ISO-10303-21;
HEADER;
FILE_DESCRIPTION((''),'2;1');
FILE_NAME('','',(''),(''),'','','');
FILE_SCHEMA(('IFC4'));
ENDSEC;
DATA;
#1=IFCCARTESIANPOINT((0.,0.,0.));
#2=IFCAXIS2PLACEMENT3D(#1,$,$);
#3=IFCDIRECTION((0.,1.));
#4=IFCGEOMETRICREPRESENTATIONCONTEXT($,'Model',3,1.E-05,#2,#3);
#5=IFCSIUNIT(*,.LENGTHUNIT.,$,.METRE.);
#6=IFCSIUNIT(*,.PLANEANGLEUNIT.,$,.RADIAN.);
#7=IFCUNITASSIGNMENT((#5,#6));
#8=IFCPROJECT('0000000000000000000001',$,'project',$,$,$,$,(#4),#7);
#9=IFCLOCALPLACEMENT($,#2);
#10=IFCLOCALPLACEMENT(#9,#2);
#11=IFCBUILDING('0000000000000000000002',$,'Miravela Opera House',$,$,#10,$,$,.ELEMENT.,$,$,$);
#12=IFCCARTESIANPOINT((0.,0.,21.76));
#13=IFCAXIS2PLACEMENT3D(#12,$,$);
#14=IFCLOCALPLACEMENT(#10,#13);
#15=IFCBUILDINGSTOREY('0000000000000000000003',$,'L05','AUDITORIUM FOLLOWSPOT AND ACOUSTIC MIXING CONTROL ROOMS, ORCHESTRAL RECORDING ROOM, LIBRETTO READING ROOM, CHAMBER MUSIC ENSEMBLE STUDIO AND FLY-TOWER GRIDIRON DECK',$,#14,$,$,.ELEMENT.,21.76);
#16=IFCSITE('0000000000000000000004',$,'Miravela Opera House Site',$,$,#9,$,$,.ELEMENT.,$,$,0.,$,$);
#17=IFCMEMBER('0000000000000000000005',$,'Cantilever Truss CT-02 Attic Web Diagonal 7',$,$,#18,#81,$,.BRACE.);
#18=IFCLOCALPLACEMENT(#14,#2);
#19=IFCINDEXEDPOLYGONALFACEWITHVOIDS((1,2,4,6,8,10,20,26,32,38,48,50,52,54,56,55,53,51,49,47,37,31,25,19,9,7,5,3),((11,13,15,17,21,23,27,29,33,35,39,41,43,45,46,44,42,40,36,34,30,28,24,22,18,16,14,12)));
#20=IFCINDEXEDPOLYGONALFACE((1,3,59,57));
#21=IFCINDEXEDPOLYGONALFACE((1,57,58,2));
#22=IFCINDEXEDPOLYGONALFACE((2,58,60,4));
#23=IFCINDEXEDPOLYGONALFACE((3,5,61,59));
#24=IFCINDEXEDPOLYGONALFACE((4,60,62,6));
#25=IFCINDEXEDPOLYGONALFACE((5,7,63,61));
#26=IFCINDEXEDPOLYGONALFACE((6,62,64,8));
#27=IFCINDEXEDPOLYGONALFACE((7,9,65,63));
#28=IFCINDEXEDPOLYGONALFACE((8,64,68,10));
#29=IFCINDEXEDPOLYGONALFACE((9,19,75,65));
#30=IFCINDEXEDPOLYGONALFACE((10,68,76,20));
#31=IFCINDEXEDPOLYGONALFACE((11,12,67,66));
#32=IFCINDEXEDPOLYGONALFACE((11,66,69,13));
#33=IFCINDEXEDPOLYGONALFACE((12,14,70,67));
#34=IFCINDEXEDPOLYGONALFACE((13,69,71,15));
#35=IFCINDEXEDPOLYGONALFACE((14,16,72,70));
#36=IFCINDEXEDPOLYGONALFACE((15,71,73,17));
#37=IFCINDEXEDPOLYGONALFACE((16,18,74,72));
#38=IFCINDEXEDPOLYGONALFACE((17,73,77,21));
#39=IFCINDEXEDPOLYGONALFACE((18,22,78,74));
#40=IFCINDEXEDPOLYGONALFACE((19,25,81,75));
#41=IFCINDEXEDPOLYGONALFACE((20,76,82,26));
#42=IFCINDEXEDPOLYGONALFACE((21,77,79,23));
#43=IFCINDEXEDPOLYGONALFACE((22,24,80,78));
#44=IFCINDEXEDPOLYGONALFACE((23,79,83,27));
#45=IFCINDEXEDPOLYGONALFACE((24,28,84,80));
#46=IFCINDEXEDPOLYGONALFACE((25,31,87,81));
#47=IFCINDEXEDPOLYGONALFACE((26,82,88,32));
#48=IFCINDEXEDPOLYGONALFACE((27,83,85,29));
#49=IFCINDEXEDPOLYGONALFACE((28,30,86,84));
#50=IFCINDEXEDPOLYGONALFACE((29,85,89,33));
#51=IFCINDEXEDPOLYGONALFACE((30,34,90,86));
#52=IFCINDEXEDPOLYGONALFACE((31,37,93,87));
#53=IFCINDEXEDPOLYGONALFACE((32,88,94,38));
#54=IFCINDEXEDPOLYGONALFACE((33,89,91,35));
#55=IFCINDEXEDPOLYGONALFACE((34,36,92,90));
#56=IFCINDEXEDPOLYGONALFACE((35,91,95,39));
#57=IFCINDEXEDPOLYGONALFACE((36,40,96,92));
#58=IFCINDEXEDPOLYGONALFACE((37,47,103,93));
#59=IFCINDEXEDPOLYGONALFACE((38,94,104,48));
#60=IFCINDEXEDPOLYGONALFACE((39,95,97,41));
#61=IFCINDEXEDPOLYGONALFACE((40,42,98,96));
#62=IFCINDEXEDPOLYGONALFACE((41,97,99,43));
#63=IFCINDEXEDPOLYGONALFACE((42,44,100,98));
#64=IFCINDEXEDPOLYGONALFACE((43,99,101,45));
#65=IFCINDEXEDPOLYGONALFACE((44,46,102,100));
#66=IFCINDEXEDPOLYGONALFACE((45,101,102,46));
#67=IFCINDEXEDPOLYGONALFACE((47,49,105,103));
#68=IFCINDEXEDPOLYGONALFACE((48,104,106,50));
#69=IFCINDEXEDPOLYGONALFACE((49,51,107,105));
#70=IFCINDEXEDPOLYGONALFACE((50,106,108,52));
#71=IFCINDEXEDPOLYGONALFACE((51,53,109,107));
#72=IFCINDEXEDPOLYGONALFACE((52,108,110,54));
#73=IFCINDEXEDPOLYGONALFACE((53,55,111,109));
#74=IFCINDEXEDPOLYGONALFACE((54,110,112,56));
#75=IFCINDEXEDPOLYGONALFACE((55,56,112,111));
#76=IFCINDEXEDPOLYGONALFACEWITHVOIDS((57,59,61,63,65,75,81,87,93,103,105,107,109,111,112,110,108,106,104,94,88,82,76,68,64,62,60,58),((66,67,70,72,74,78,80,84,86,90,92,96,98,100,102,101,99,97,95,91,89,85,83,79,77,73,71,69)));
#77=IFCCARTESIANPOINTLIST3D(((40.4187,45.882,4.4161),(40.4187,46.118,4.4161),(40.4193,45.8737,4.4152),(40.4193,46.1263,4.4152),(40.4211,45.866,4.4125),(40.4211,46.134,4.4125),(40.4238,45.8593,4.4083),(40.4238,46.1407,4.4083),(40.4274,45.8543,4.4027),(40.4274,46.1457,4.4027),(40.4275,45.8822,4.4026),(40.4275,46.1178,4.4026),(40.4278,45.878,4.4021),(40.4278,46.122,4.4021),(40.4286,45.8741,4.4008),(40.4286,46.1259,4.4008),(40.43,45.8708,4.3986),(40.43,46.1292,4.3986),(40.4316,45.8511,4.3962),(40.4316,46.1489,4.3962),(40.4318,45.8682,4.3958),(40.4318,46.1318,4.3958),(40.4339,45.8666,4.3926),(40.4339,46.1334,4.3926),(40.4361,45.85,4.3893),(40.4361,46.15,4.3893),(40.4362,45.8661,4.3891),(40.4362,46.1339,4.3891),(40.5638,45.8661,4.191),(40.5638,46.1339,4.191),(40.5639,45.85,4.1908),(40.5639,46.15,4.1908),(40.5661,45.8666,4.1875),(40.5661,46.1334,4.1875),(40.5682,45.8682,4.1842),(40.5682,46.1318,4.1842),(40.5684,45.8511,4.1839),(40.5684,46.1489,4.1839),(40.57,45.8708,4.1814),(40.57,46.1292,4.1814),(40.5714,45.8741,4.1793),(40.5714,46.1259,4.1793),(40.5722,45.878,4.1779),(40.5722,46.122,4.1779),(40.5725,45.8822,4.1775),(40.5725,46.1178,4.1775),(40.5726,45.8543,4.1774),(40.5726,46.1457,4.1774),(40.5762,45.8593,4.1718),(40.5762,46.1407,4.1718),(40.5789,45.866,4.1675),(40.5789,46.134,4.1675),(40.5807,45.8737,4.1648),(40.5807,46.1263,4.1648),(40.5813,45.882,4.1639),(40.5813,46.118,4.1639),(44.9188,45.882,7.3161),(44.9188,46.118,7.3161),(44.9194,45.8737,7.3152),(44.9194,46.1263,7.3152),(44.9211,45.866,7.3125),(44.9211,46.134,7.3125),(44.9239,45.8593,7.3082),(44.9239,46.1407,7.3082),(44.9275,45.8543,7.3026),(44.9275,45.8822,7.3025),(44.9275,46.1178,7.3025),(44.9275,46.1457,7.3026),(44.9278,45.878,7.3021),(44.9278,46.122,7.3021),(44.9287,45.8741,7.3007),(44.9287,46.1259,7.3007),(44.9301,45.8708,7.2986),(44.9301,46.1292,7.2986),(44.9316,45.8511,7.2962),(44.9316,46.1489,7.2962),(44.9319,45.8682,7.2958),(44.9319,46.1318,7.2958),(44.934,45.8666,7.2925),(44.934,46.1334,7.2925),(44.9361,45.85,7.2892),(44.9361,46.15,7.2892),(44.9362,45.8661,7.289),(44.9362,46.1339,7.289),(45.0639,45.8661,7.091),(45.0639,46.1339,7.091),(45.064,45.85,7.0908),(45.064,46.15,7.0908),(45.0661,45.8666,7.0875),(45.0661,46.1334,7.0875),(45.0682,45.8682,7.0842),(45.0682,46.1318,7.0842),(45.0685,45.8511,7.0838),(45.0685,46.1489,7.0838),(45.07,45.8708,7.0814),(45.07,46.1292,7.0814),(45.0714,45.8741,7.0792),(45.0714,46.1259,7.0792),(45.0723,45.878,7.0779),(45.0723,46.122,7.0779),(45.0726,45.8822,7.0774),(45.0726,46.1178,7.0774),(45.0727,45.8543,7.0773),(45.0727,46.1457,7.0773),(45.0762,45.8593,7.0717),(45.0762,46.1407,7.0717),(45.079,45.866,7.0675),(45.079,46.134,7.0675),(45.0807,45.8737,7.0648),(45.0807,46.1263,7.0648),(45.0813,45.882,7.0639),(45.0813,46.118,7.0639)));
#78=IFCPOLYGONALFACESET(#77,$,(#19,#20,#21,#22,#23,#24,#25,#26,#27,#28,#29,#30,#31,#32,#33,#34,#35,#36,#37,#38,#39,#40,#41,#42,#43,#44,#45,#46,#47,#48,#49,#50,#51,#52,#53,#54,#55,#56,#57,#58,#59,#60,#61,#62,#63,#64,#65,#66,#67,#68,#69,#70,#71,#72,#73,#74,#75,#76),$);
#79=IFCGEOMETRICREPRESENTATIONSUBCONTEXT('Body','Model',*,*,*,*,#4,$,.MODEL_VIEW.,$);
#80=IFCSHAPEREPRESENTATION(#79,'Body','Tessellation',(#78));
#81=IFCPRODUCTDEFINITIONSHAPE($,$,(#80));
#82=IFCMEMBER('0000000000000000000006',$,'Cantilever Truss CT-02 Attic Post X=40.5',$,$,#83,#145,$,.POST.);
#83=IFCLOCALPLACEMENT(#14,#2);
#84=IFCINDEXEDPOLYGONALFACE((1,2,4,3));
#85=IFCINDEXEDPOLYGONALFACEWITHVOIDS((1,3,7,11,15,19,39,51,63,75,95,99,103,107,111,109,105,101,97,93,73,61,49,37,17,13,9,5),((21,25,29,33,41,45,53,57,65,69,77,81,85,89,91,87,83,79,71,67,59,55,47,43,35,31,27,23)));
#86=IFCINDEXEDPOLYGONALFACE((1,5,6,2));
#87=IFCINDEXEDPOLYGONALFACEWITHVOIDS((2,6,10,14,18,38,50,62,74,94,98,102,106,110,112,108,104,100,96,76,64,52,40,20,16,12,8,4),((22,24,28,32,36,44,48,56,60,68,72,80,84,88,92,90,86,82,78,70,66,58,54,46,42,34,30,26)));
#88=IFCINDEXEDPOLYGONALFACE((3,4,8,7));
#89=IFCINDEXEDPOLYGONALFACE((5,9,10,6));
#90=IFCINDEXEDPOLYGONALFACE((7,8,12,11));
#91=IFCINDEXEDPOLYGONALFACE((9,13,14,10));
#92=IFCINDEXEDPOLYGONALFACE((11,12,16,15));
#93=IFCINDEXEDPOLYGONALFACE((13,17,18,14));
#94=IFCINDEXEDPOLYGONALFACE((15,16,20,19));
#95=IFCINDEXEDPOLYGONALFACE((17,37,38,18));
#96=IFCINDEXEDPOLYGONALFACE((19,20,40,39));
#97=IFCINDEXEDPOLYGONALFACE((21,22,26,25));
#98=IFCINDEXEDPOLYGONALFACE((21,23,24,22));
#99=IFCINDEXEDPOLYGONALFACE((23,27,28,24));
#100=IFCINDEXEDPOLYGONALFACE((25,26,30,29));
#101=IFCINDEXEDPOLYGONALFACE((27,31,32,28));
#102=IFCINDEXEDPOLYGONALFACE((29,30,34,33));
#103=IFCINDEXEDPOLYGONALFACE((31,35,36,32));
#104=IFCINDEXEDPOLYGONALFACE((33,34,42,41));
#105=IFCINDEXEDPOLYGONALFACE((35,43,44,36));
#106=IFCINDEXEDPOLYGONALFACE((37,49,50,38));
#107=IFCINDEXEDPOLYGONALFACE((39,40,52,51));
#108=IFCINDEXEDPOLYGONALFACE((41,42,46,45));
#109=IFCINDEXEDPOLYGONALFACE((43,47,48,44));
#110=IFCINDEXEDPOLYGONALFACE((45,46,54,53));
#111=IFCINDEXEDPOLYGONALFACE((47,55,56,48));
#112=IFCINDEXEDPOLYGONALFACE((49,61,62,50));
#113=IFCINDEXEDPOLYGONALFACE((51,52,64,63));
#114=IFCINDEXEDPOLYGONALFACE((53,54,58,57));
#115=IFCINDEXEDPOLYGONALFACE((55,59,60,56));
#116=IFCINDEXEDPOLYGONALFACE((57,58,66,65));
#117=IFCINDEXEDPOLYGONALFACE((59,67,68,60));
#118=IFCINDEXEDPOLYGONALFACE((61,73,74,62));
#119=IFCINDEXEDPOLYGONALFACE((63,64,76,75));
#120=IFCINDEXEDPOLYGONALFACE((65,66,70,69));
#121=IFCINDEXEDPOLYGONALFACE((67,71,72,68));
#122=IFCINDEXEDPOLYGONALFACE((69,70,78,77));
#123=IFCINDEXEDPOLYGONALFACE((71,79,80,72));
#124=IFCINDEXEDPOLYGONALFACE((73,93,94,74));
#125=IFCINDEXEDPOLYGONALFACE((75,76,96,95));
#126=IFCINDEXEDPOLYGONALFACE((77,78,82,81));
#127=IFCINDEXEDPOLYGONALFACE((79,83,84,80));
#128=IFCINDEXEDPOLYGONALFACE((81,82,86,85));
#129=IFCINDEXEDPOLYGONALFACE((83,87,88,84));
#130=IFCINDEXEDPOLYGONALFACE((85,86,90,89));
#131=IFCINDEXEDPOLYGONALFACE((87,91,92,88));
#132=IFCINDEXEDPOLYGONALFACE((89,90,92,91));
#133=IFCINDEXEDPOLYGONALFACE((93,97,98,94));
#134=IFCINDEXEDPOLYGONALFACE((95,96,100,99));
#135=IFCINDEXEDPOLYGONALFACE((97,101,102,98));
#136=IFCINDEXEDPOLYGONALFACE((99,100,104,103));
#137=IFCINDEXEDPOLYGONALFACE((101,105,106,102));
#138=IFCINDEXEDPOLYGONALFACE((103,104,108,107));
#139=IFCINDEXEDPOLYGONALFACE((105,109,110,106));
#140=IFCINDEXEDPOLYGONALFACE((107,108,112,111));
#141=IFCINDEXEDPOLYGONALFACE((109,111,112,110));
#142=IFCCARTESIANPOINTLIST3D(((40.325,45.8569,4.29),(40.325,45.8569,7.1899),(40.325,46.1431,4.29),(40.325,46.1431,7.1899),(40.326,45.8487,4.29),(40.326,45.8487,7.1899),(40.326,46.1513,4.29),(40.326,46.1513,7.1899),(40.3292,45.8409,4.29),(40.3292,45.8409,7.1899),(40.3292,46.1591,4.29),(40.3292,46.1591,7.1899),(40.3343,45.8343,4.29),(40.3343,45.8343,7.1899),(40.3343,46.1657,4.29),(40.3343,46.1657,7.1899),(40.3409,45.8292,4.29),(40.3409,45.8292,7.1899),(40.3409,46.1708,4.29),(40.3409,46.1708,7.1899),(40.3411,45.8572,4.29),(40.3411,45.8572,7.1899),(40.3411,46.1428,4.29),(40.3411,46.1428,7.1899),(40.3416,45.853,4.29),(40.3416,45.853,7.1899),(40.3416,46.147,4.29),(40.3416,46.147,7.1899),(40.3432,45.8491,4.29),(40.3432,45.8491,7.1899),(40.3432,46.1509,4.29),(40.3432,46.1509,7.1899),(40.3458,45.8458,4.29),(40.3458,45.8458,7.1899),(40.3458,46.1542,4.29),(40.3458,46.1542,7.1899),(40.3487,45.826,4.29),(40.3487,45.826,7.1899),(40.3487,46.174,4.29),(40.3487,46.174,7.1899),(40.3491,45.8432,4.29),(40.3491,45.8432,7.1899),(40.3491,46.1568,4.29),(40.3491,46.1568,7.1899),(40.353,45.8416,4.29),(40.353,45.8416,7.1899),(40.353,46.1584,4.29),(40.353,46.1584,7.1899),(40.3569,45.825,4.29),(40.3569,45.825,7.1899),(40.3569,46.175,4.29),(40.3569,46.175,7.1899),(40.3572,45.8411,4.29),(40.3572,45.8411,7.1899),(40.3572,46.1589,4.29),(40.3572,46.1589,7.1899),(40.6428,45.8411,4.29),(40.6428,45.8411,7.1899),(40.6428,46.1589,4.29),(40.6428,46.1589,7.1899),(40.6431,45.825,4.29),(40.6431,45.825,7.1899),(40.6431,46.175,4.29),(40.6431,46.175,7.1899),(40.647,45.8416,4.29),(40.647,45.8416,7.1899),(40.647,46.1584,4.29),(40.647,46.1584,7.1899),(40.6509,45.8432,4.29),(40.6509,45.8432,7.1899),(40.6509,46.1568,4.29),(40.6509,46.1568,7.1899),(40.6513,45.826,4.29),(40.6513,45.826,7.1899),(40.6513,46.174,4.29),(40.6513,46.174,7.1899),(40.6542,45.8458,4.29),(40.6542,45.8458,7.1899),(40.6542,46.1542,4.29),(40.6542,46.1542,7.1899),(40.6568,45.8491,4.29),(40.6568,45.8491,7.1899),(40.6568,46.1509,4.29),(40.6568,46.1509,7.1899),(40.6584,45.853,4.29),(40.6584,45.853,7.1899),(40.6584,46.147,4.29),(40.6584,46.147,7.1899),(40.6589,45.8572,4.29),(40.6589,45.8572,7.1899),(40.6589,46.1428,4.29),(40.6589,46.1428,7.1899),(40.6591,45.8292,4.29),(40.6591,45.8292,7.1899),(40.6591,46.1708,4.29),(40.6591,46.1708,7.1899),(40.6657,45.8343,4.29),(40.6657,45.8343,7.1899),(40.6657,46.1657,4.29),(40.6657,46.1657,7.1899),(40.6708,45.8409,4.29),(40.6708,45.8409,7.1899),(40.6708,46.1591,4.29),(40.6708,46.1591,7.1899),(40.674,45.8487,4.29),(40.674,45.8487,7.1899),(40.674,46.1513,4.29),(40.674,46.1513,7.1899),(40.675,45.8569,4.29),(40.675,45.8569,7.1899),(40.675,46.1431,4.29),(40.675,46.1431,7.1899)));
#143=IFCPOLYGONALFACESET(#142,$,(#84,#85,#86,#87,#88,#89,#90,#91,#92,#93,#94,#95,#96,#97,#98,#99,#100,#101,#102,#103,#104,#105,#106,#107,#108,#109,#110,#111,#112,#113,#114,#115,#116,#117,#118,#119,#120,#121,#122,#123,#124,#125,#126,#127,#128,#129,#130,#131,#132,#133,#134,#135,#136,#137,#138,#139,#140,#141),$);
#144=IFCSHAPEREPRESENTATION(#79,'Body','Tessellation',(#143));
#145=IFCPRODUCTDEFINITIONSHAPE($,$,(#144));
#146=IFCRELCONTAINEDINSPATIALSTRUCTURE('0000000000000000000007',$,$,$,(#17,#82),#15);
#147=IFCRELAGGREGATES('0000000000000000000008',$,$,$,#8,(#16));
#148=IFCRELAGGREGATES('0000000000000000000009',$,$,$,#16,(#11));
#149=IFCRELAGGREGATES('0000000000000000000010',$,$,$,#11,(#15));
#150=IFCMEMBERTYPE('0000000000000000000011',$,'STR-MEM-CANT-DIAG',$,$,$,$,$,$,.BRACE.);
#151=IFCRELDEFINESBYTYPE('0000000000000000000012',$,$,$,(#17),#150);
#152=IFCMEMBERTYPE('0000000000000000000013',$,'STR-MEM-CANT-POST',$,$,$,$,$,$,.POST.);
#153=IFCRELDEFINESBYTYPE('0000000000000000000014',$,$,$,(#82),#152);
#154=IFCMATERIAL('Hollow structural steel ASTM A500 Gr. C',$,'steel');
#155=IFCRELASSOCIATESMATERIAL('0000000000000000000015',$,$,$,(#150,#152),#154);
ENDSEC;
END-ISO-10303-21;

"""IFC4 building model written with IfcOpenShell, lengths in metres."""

from ifc_helpers import new_model, si_unit, direction, frame, origin, origin_2d, place, context, subcontext, project, spatial, hollow_rectangle, extrude, material, material_profile, profile_set, type_object, element, save


model = new_model("IFC4")

# Units and contexts
model_context = context("Model", 3, precision=1e-05, world=origin(), true_north=direction((0.0, 1.0)))
body_context = subcontext(model_context, "Body", "Model", "MODEL_VIEW")
ifc_project = project(units=[si_unit("LENGTHUNIT", "METRE"), si_unit("PLANEANGLEUNIT", "RADIAN")], contexts=[model_context])

# Site, building, storey
site_placement = place(None, origin())
site = spatial("IfcSite", under=ifc_project, at=site_placement, Name="Miravela Opera House Site", CompositionType="ELEMENT", RefElevation=0.0)
building_placement = place(site_placement, origin())
building = spatial("IfcBuilding", under=site, at=building_placement, Name="Miravela Opera House", CompositionType="ELEMENT")
storey_placement = place(building_placement, frame((0.0, 0.0, 21.76)))
storey = spatial("IfcBuildingStorey", under=building, at=storey_placement, Name="L05", Description="AUDITORIUM FOLLOWSPOT AND ACOUSTIC MIXING CONTROL ROOMS, ORCHESTRAL RECORDING ROOM, LIBRETTO READING ROOM, CHAMBER MUSIC ENSEMBLE STUDIO AND FLY-TOWER GRIDIRON DECK", CompositionType="ELEMENT", Elevation=21.76)

# Members
ifc_material_1 = material(Name="Hollow structural steel ASTM A500 Gr. C", Category="steel")
ifc_material_profile_1 = material_profile(ifc_material_1, hollow_rectangle(XDim=0.3, YDim=0.3, WallThickness=0.0161, InnerFilletRadius=0.0161, OuterFilletRadius=0.032, at=origin_2d()), Name="HSS300X300X16")
ifc_profile_set_1 = profile_set([ifc_material_profile_1])
member_type_1 = type_object("IfcMemberType", Name="STR-MEM-CANT-DIAG", PredefinedType="BRACE", material=ifc_profile_set_1)
member_placement = place(storey_placement, frame((40.5, 46.0, 4.29), z_axis=(0.840579, 0.0, 0.541688), x_axis=(0.0, 1.0, 0.0)))
element("IfcMember", 1, at=member_placement, inside=storey, type_object=member_type_1, Name="Cantilever Truss CT-02 Attic Web Diagonal 7", PredefinedType="BRACE", context=body_context, shape_type="SweptSolid", body=[
    extrude(hollow_rectangle(XDim=0.3, YDim=0.3, WallThickness=0.0161, InnerFilletRadius=0.0161, OuterFilletRadius=0.032, at=origin_2d()), origin(), (0.0, 0.0, 1.0), 5.3535),
])
ifc_material_profile_2 = material_profile(ifc_material_1, hollow_rectangle(XDim=0.3501, YDim=0.3501, WallThickness=0.0161, InnerFilletRadius=0.0161, OuterFilletRadius=0.032, at=origin_2d()), Name="HSS350X350X16")
ifc_profile_set_2 = profile_set([ifc_material_profile_2])
member_type_2 = type_object("IfcMemberType", Name="STR-MEM-CANT-POST", PredefinedType="POST", material=ifc_profile_set_2)
for number, where, z_axis, x_axis, name in (
    (2, (40.5, 46.0, 4.29), (0.0, 0.0, 1.0), (1.0, 0.0, 0.0), "Cantilever Truss CT-02 Attic Post X=40.5"),
):
    element("IfcMember", number, at=place(storey_placement, frame(where, z_axis=z_axis, x_axis=x_axis)), inside=storey, type_object=member_type_2, Name=name, PredefinedType="POST", context=body_context, shape_type="SweptSolid", body=[
        extrude(hollow_rectangle(XDim=0.3501, YDim=0.3501, WallThickness=0.0161, InnerFilletRadius=0.0161, OuterFilletRadius=0.032, at=origin_2d()), origin(), (0.0, 0.0, 1.0), 2.8999),
    ])

save(model, "model.ifc")
